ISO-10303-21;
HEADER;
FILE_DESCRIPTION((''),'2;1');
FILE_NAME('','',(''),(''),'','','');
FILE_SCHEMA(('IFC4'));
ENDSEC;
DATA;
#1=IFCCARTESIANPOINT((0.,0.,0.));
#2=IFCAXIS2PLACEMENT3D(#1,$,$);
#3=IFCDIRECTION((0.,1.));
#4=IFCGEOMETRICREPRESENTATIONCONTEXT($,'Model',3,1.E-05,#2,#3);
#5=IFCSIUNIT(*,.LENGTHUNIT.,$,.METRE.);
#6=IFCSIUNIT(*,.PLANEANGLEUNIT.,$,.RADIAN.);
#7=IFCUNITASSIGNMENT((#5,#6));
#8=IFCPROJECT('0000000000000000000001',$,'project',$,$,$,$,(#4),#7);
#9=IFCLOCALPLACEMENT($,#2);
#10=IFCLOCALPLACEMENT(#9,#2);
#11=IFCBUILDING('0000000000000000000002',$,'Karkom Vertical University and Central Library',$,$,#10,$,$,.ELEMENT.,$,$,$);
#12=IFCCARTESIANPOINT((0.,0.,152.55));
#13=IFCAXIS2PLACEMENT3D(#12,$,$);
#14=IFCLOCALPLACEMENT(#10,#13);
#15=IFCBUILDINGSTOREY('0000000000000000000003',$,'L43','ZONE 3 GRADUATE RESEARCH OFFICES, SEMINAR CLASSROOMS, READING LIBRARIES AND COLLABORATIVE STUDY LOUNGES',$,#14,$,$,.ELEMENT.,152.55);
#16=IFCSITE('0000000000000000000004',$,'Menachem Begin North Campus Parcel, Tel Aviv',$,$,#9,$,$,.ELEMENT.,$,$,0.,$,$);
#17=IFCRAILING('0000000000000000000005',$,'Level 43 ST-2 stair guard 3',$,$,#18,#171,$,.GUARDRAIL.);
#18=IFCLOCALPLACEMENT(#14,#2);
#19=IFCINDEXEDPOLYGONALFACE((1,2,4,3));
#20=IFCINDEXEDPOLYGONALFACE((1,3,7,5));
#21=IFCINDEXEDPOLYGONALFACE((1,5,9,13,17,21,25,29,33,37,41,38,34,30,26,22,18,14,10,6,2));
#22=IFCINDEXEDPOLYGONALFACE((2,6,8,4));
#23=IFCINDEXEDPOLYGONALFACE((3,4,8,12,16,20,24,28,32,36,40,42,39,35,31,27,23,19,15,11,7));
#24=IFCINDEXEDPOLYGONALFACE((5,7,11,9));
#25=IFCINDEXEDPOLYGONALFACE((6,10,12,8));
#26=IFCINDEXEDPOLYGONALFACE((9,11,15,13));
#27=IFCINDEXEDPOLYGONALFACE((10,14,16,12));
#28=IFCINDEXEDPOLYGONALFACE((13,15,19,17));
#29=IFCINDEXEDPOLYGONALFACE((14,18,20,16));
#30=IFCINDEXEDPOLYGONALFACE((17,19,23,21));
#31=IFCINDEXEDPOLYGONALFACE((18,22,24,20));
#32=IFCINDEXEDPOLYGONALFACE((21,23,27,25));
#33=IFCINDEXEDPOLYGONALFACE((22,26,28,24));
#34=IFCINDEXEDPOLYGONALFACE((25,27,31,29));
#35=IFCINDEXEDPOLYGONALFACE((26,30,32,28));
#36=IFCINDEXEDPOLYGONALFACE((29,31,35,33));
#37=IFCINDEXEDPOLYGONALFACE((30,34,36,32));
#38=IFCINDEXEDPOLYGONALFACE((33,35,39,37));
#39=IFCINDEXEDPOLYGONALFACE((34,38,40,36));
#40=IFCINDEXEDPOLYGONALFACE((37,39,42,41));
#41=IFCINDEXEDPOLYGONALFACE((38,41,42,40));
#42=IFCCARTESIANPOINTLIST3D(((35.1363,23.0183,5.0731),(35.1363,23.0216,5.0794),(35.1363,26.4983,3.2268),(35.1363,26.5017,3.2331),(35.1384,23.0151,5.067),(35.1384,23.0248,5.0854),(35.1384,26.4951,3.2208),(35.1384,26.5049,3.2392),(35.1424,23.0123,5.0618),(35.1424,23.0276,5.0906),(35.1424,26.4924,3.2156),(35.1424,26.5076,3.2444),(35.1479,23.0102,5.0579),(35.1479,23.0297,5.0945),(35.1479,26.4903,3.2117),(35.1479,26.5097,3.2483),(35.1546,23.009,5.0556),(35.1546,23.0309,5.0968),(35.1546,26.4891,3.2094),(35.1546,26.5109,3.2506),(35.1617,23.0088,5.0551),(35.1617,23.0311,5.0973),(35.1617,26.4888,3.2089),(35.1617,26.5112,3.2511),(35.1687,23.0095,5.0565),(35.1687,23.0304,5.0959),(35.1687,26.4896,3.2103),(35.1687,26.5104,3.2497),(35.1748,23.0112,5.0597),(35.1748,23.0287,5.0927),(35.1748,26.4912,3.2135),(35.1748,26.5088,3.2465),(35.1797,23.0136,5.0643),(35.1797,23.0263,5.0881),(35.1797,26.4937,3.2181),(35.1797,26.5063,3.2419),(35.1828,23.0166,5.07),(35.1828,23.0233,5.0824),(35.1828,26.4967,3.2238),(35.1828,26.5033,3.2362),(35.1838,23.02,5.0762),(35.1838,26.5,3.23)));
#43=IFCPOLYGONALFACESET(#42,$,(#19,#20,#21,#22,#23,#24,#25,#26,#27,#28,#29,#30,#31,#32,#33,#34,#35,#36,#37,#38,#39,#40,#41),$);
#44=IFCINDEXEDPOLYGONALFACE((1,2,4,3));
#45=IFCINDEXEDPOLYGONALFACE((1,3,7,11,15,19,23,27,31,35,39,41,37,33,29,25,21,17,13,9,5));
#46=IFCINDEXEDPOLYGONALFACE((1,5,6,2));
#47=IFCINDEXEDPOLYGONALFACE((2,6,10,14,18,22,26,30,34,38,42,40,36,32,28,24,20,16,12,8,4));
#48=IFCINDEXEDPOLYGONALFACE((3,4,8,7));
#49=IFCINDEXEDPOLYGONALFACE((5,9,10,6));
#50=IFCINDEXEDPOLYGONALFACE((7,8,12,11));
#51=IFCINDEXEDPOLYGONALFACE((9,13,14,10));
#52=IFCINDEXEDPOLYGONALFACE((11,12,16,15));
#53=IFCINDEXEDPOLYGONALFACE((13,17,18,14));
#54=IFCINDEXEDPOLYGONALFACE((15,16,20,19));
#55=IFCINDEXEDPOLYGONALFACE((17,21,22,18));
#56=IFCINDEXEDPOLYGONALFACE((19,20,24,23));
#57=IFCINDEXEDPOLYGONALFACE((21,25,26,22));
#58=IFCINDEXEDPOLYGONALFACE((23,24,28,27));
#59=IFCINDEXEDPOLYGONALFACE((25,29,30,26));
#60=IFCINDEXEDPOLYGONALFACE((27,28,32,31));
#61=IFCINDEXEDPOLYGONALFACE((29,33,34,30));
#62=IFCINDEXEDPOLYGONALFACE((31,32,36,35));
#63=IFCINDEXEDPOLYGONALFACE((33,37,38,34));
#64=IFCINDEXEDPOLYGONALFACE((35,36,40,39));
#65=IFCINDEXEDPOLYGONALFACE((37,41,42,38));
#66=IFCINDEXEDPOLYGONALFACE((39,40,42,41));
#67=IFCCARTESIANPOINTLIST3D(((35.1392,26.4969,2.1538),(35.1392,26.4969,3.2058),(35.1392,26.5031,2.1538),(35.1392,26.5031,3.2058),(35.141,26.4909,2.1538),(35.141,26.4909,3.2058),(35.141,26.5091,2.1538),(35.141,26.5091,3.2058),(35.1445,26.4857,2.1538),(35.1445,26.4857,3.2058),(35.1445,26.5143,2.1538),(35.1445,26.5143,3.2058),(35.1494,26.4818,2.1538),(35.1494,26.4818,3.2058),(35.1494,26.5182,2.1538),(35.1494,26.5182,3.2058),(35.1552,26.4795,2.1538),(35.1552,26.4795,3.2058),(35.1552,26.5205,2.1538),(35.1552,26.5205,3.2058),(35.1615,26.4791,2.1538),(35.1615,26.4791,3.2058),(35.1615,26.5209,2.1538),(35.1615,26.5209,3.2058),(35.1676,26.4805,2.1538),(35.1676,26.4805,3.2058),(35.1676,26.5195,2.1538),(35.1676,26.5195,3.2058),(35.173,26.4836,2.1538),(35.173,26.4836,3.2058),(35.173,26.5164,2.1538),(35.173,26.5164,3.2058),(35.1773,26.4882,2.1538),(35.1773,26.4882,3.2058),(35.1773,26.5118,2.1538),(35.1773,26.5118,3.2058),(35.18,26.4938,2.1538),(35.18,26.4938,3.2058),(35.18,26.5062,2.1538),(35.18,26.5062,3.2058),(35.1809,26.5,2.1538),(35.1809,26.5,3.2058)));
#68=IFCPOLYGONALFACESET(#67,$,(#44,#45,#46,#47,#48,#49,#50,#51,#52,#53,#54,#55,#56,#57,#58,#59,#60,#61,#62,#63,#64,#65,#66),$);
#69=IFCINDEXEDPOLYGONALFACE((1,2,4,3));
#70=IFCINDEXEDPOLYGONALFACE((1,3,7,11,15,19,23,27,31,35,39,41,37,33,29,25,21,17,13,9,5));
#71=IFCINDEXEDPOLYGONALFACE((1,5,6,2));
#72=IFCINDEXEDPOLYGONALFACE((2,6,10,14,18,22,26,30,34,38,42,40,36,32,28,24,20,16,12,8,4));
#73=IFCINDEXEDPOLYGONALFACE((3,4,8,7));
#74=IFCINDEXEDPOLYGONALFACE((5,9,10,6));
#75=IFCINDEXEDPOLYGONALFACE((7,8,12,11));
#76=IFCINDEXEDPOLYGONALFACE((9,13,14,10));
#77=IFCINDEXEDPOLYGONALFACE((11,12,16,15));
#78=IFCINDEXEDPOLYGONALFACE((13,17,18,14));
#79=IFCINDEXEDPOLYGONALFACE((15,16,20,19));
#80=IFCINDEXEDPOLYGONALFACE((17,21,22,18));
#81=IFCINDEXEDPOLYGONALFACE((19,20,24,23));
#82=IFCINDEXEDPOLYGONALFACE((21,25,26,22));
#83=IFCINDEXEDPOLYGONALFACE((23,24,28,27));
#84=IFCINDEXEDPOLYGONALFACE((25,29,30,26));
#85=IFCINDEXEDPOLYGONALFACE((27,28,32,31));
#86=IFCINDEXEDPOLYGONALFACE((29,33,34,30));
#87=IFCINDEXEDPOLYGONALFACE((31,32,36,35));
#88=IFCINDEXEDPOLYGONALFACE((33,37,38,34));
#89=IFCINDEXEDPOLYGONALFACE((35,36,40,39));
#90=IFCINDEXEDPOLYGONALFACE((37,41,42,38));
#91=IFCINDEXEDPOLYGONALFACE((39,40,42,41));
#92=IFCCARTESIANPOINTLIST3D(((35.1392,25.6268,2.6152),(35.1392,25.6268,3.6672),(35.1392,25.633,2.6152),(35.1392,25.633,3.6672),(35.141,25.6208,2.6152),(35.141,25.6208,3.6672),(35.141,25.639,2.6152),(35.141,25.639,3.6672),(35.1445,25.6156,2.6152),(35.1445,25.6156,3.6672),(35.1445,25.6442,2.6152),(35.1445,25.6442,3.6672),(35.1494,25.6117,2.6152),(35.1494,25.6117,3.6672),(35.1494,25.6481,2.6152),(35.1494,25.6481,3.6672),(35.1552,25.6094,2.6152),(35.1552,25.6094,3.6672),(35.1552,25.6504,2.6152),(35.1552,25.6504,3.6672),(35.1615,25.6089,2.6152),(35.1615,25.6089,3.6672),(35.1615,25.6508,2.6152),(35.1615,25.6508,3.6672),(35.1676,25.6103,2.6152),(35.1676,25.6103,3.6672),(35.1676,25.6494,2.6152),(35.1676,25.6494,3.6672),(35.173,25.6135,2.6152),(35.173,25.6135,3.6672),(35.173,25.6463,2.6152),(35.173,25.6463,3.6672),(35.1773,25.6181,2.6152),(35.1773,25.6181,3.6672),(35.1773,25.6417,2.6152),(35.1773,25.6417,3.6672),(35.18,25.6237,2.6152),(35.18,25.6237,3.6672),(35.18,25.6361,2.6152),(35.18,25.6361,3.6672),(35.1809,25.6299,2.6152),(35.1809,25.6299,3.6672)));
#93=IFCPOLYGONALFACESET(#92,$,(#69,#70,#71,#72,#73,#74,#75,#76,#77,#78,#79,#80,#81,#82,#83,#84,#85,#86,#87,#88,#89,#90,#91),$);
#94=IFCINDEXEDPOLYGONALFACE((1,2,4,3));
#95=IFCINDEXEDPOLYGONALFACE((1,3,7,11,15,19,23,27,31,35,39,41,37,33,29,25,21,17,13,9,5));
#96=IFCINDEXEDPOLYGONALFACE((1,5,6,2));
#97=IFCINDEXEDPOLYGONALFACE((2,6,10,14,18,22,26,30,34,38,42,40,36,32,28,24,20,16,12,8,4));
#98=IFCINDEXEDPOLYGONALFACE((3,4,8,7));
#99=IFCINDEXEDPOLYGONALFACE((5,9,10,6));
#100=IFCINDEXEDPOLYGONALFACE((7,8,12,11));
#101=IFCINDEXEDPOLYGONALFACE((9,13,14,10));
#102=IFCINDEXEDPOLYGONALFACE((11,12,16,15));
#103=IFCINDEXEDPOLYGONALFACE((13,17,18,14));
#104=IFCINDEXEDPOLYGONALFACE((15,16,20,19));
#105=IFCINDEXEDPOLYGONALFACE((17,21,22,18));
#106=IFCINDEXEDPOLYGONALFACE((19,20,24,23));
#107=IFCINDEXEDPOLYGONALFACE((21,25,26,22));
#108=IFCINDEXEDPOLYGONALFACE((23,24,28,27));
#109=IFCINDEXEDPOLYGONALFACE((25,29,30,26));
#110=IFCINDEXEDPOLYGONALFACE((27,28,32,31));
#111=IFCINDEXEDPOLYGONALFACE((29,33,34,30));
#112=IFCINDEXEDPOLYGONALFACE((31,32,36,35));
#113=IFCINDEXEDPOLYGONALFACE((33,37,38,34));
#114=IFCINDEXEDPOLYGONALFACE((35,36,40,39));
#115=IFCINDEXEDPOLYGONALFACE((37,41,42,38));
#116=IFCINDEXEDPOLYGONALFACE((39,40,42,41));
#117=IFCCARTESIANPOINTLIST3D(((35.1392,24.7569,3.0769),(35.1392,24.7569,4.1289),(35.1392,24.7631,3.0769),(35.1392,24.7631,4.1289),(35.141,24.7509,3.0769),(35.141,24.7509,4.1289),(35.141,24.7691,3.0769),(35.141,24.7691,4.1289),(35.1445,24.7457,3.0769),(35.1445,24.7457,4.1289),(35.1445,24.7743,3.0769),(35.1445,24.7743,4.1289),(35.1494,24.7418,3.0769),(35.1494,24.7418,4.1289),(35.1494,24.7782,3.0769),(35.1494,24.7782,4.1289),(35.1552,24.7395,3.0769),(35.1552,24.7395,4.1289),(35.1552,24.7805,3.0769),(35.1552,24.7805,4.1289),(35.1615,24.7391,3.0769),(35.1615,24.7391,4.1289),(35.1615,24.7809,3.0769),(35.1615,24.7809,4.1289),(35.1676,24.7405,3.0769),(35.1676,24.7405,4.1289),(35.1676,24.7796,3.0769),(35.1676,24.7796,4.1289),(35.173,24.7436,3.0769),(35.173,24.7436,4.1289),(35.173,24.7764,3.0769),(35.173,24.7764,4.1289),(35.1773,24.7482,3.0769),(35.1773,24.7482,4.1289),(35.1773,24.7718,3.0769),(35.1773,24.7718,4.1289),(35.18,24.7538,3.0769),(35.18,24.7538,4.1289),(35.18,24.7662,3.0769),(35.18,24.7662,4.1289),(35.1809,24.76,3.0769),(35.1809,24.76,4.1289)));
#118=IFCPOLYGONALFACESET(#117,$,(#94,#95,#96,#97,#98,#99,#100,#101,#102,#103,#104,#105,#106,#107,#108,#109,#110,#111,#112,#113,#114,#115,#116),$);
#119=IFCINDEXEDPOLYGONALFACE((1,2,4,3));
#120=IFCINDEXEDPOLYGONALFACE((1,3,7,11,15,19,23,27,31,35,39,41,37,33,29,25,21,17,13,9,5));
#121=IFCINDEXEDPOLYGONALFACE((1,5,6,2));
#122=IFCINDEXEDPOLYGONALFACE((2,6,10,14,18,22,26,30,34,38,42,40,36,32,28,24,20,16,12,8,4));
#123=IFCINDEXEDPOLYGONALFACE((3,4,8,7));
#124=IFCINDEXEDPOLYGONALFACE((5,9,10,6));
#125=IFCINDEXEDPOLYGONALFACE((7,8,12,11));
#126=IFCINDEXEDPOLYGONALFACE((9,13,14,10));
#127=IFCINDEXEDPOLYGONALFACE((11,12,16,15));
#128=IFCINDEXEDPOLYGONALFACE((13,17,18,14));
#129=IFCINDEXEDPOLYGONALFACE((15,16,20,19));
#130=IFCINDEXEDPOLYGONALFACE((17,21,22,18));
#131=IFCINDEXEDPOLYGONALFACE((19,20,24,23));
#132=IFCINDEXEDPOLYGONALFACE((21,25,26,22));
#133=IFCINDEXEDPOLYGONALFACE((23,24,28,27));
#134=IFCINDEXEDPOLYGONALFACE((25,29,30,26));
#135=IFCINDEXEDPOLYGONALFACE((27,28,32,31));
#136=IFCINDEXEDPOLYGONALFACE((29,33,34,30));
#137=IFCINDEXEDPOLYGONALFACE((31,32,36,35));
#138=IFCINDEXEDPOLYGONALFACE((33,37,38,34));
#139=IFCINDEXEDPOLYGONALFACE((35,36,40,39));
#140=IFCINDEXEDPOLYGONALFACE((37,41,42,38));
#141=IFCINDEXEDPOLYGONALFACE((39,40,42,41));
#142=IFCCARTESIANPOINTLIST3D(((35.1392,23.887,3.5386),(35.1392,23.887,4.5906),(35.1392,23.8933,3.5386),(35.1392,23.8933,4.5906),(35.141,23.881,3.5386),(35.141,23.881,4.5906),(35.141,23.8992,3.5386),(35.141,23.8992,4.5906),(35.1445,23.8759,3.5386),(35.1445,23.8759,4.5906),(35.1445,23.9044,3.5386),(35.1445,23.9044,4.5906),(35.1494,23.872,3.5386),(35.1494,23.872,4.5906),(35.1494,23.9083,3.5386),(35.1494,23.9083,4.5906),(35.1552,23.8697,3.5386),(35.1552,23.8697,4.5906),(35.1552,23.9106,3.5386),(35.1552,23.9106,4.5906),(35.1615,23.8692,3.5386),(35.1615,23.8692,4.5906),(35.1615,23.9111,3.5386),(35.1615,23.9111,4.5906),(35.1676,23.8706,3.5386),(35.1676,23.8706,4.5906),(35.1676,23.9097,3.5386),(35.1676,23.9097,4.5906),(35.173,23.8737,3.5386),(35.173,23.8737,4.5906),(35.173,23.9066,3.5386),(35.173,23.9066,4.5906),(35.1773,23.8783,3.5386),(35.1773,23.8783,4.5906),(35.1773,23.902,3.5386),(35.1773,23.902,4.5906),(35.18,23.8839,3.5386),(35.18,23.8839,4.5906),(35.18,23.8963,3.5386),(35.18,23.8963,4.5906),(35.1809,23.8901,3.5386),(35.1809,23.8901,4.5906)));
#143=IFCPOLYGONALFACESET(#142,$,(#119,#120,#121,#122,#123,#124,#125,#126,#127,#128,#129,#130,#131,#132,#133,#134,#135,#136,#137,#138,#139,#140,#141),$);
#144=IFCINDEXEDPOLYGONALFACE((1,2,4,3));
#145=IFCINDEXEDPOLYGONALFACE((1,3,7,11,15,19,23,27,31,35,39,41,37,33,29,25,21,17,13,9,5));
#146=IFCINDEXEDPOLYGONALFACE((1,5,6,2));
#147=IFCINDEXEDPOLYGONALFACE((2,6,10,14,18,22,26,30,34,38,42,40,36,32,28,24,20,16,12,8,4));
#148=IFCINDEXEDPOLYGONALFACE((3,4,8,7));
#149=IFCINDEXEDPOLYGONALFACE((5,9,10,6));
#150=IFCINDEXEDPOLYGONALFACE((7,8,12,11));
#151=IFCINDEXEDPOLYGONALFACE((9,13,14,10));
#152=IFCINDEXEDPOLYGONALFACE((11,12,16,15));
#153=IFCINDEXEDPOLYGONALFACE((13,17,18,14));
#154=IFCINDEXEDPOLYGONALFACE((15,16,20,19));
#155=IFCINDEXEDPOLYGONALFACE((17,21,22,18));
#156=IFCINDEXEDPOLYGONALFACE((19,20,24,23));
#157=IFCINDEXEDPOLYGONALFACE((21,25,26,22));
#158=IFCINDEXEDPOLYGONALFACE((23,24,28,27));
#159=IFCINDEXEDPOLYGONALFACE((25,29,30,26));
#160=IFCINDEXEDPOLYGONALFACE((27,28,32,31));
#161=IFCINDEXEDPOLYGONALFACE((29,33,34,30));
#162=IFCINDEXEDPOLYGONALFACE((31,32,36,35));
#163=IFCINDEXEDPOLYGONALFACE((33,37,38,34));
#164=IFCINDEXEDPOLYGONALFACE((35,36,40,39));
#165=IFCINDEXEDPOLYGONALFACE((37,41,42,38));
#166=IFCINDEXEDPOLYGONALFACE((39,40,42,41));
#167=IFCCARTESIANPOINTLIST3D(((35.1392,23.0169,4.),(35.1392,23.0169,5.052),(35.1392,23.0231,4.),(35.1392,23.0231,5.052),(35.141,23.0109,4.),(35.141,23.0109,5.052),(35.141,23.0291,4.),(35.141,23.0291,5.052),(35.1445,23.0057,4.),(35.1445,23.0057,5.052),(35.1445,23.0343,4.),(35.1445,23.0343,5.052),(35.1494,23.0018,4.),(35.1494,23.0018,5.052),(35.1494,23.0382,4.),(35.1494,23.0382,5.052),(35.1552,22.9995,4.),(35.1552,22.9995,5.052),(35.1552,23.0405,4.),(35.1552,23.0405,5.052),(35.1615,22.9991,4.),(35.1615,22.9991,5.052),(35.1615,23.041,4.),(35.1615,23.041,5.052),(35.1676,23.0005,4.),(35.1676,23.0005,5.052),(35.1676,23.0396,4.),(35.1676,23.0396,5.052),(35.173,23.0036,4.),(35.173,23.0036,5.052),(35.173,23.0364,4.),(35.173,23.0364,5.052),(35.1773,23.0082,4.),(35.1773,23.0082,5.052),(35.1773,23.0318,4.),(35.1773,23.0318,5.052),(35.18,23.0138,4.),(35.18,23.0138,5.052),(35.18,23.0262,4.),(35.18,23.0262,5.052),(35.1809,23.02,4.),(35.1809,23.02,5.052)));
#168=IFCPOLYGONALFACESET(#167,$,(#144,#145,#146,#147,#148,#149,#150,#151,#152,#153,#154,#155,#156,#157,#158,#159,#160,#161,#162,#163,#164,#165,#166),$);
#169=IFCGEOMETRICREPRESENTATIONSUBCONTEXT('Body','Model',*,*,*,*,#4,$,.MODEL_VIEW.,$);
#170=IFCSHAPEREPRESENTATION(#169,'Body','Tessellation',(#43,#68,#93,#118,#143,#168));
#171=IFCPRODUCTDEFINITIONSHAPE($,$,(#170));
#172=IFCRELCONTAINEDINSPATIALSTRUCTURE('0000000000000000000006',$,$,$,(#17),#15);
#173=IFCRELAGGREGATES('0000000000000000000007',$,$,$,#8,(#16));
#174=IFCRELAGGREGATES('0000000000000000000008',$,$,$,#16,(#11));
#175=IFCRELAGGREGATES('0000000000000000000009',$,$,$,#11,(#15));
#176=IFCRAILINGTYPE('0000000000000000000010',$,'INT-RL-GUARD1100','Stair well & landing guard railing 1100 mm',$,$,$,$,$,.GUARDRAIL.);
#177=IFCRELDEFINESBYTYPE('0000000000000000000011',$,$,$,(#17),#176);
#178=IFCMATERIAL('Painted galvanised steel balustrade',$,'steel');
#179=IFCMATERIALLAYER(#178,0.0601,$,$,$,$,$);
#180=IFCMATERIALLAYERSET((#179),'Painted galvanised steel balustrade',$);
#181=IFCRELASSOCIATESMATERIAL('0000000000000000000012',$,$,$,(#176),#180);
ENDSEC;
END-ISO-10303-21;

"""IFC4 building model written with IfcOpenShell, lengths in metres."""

from ifc_helpers import new_model, si_unit, direction, frame, origin, origin_2d, place, context, subcontext, project, spatial, circle, extrude, material, layer, layer_set, type_object, element, save


model = new_model("IFC4")

# Units and contexts
model_context = context("Model", 3, precision=1e-05, world=origin(), true_north=direction((0.0, 1.0)))
body_context = subcontext(model_context, "Body", "Model", "MODEL_VIEW")
ifc_project = project(units=[si_unit("LENGTHUNIT", "METRE"), si_unit("PLANEANGLEUNIT", "RADIAN")], contexts=[model_context])

# Site, building, storey
site_placement = place(None, origin())
site = spatial("IfcSite", under=ifc_project, at=site_placement, Name="Menachem Begin North Campus Parcel, Tel Aviv", CompositionType="ELEMENT", RefElevation=0.0)
building_placement = place(site_placement, origin())
building = spatial("IfcBuilding", under=site, at=building_placement, Name="Karkom Vertical University and Central Library", CompositionType="ELEMENT")
storey_placement = place(building_placement, frame((0.0, 0.0, 152.55)))
storey = spatial("IfcBuildingStorey", under=building, at=storey_placement, Name="L43", Description="ZONE 3 GRADUATE RESEARCH OFFICES, SEMINAR CLASSROOMS, READING LIBRARIES AND COLLABORATIVE STUDY LOUNGES", CompositionType="ELEMENT", Elevation=152.55)

# Railing
ifc_material_1 = material(Name="Painted galvanised steel balustrade", Category="steel")
ifc_layer_1 = layer(ifc_material_1, 0.0601)
ifc_layer_set_1 = layer_set([ifc_layer_1], Name="Painted galvanised steel balustrade")
railing_type_1 = type_object("IfcRailingType", Name="INT-RL-GUARD1100", Description="Stair well & landing guard railing 1100 mm", PredefinedType="GUARDRAIL", material=ifc_layer_set_1)
railing_1_placement = place(storey_placement, frame((35.1599, 26.5, 2.1538)))
element("IfcRailing", 1, at=railing_1_placement, inside=storey, type_object=railing_type_1, Name="Level 43 ST-2 stair guard 3", PredefinedType="GUARDRAIL", context=body_context, shape_type="SweptSolid", body=[
    extrude(circle(Radius=0.0239, at=origin_2d()), frame((0.0, 0.0, 1.0762), z_axis=(0.0, -0.883384, 0.468651), x_axis=(1.0, 0.0, 0.0)), (0.0, 0.0, 1.0), 3.9395),
    extrude(circle(Radius=0.021, at=origin_2d()), origin(), (0.0, 0.0, 1.0), 1.052),
    extrude(circle(Radius=0.021, at=origin_2d()), frame((0.0, -0.8701, 0.4614)), (0.0, 0.0, 1.0), 1.052),
    extrude(circle(Radius=0.021, at=origin_2d()), frame((0.0, -1.74, 0.9231)), (0.0, 0.0, 1.0), 1.052),
    extrude(circle(Radius=0.021, at=origin_2d()), frame((0.0, -2.6099, 1.3848)), (0.0, 0.0, 1.0), 1.052),
    extrude(circle(Radius=0.021, at=origin_2d()), frame((0.0, -3.48, 1.8462)), (0.0, 0.0, 1.0), 1.052),
])

save(model, "model.ifc")
